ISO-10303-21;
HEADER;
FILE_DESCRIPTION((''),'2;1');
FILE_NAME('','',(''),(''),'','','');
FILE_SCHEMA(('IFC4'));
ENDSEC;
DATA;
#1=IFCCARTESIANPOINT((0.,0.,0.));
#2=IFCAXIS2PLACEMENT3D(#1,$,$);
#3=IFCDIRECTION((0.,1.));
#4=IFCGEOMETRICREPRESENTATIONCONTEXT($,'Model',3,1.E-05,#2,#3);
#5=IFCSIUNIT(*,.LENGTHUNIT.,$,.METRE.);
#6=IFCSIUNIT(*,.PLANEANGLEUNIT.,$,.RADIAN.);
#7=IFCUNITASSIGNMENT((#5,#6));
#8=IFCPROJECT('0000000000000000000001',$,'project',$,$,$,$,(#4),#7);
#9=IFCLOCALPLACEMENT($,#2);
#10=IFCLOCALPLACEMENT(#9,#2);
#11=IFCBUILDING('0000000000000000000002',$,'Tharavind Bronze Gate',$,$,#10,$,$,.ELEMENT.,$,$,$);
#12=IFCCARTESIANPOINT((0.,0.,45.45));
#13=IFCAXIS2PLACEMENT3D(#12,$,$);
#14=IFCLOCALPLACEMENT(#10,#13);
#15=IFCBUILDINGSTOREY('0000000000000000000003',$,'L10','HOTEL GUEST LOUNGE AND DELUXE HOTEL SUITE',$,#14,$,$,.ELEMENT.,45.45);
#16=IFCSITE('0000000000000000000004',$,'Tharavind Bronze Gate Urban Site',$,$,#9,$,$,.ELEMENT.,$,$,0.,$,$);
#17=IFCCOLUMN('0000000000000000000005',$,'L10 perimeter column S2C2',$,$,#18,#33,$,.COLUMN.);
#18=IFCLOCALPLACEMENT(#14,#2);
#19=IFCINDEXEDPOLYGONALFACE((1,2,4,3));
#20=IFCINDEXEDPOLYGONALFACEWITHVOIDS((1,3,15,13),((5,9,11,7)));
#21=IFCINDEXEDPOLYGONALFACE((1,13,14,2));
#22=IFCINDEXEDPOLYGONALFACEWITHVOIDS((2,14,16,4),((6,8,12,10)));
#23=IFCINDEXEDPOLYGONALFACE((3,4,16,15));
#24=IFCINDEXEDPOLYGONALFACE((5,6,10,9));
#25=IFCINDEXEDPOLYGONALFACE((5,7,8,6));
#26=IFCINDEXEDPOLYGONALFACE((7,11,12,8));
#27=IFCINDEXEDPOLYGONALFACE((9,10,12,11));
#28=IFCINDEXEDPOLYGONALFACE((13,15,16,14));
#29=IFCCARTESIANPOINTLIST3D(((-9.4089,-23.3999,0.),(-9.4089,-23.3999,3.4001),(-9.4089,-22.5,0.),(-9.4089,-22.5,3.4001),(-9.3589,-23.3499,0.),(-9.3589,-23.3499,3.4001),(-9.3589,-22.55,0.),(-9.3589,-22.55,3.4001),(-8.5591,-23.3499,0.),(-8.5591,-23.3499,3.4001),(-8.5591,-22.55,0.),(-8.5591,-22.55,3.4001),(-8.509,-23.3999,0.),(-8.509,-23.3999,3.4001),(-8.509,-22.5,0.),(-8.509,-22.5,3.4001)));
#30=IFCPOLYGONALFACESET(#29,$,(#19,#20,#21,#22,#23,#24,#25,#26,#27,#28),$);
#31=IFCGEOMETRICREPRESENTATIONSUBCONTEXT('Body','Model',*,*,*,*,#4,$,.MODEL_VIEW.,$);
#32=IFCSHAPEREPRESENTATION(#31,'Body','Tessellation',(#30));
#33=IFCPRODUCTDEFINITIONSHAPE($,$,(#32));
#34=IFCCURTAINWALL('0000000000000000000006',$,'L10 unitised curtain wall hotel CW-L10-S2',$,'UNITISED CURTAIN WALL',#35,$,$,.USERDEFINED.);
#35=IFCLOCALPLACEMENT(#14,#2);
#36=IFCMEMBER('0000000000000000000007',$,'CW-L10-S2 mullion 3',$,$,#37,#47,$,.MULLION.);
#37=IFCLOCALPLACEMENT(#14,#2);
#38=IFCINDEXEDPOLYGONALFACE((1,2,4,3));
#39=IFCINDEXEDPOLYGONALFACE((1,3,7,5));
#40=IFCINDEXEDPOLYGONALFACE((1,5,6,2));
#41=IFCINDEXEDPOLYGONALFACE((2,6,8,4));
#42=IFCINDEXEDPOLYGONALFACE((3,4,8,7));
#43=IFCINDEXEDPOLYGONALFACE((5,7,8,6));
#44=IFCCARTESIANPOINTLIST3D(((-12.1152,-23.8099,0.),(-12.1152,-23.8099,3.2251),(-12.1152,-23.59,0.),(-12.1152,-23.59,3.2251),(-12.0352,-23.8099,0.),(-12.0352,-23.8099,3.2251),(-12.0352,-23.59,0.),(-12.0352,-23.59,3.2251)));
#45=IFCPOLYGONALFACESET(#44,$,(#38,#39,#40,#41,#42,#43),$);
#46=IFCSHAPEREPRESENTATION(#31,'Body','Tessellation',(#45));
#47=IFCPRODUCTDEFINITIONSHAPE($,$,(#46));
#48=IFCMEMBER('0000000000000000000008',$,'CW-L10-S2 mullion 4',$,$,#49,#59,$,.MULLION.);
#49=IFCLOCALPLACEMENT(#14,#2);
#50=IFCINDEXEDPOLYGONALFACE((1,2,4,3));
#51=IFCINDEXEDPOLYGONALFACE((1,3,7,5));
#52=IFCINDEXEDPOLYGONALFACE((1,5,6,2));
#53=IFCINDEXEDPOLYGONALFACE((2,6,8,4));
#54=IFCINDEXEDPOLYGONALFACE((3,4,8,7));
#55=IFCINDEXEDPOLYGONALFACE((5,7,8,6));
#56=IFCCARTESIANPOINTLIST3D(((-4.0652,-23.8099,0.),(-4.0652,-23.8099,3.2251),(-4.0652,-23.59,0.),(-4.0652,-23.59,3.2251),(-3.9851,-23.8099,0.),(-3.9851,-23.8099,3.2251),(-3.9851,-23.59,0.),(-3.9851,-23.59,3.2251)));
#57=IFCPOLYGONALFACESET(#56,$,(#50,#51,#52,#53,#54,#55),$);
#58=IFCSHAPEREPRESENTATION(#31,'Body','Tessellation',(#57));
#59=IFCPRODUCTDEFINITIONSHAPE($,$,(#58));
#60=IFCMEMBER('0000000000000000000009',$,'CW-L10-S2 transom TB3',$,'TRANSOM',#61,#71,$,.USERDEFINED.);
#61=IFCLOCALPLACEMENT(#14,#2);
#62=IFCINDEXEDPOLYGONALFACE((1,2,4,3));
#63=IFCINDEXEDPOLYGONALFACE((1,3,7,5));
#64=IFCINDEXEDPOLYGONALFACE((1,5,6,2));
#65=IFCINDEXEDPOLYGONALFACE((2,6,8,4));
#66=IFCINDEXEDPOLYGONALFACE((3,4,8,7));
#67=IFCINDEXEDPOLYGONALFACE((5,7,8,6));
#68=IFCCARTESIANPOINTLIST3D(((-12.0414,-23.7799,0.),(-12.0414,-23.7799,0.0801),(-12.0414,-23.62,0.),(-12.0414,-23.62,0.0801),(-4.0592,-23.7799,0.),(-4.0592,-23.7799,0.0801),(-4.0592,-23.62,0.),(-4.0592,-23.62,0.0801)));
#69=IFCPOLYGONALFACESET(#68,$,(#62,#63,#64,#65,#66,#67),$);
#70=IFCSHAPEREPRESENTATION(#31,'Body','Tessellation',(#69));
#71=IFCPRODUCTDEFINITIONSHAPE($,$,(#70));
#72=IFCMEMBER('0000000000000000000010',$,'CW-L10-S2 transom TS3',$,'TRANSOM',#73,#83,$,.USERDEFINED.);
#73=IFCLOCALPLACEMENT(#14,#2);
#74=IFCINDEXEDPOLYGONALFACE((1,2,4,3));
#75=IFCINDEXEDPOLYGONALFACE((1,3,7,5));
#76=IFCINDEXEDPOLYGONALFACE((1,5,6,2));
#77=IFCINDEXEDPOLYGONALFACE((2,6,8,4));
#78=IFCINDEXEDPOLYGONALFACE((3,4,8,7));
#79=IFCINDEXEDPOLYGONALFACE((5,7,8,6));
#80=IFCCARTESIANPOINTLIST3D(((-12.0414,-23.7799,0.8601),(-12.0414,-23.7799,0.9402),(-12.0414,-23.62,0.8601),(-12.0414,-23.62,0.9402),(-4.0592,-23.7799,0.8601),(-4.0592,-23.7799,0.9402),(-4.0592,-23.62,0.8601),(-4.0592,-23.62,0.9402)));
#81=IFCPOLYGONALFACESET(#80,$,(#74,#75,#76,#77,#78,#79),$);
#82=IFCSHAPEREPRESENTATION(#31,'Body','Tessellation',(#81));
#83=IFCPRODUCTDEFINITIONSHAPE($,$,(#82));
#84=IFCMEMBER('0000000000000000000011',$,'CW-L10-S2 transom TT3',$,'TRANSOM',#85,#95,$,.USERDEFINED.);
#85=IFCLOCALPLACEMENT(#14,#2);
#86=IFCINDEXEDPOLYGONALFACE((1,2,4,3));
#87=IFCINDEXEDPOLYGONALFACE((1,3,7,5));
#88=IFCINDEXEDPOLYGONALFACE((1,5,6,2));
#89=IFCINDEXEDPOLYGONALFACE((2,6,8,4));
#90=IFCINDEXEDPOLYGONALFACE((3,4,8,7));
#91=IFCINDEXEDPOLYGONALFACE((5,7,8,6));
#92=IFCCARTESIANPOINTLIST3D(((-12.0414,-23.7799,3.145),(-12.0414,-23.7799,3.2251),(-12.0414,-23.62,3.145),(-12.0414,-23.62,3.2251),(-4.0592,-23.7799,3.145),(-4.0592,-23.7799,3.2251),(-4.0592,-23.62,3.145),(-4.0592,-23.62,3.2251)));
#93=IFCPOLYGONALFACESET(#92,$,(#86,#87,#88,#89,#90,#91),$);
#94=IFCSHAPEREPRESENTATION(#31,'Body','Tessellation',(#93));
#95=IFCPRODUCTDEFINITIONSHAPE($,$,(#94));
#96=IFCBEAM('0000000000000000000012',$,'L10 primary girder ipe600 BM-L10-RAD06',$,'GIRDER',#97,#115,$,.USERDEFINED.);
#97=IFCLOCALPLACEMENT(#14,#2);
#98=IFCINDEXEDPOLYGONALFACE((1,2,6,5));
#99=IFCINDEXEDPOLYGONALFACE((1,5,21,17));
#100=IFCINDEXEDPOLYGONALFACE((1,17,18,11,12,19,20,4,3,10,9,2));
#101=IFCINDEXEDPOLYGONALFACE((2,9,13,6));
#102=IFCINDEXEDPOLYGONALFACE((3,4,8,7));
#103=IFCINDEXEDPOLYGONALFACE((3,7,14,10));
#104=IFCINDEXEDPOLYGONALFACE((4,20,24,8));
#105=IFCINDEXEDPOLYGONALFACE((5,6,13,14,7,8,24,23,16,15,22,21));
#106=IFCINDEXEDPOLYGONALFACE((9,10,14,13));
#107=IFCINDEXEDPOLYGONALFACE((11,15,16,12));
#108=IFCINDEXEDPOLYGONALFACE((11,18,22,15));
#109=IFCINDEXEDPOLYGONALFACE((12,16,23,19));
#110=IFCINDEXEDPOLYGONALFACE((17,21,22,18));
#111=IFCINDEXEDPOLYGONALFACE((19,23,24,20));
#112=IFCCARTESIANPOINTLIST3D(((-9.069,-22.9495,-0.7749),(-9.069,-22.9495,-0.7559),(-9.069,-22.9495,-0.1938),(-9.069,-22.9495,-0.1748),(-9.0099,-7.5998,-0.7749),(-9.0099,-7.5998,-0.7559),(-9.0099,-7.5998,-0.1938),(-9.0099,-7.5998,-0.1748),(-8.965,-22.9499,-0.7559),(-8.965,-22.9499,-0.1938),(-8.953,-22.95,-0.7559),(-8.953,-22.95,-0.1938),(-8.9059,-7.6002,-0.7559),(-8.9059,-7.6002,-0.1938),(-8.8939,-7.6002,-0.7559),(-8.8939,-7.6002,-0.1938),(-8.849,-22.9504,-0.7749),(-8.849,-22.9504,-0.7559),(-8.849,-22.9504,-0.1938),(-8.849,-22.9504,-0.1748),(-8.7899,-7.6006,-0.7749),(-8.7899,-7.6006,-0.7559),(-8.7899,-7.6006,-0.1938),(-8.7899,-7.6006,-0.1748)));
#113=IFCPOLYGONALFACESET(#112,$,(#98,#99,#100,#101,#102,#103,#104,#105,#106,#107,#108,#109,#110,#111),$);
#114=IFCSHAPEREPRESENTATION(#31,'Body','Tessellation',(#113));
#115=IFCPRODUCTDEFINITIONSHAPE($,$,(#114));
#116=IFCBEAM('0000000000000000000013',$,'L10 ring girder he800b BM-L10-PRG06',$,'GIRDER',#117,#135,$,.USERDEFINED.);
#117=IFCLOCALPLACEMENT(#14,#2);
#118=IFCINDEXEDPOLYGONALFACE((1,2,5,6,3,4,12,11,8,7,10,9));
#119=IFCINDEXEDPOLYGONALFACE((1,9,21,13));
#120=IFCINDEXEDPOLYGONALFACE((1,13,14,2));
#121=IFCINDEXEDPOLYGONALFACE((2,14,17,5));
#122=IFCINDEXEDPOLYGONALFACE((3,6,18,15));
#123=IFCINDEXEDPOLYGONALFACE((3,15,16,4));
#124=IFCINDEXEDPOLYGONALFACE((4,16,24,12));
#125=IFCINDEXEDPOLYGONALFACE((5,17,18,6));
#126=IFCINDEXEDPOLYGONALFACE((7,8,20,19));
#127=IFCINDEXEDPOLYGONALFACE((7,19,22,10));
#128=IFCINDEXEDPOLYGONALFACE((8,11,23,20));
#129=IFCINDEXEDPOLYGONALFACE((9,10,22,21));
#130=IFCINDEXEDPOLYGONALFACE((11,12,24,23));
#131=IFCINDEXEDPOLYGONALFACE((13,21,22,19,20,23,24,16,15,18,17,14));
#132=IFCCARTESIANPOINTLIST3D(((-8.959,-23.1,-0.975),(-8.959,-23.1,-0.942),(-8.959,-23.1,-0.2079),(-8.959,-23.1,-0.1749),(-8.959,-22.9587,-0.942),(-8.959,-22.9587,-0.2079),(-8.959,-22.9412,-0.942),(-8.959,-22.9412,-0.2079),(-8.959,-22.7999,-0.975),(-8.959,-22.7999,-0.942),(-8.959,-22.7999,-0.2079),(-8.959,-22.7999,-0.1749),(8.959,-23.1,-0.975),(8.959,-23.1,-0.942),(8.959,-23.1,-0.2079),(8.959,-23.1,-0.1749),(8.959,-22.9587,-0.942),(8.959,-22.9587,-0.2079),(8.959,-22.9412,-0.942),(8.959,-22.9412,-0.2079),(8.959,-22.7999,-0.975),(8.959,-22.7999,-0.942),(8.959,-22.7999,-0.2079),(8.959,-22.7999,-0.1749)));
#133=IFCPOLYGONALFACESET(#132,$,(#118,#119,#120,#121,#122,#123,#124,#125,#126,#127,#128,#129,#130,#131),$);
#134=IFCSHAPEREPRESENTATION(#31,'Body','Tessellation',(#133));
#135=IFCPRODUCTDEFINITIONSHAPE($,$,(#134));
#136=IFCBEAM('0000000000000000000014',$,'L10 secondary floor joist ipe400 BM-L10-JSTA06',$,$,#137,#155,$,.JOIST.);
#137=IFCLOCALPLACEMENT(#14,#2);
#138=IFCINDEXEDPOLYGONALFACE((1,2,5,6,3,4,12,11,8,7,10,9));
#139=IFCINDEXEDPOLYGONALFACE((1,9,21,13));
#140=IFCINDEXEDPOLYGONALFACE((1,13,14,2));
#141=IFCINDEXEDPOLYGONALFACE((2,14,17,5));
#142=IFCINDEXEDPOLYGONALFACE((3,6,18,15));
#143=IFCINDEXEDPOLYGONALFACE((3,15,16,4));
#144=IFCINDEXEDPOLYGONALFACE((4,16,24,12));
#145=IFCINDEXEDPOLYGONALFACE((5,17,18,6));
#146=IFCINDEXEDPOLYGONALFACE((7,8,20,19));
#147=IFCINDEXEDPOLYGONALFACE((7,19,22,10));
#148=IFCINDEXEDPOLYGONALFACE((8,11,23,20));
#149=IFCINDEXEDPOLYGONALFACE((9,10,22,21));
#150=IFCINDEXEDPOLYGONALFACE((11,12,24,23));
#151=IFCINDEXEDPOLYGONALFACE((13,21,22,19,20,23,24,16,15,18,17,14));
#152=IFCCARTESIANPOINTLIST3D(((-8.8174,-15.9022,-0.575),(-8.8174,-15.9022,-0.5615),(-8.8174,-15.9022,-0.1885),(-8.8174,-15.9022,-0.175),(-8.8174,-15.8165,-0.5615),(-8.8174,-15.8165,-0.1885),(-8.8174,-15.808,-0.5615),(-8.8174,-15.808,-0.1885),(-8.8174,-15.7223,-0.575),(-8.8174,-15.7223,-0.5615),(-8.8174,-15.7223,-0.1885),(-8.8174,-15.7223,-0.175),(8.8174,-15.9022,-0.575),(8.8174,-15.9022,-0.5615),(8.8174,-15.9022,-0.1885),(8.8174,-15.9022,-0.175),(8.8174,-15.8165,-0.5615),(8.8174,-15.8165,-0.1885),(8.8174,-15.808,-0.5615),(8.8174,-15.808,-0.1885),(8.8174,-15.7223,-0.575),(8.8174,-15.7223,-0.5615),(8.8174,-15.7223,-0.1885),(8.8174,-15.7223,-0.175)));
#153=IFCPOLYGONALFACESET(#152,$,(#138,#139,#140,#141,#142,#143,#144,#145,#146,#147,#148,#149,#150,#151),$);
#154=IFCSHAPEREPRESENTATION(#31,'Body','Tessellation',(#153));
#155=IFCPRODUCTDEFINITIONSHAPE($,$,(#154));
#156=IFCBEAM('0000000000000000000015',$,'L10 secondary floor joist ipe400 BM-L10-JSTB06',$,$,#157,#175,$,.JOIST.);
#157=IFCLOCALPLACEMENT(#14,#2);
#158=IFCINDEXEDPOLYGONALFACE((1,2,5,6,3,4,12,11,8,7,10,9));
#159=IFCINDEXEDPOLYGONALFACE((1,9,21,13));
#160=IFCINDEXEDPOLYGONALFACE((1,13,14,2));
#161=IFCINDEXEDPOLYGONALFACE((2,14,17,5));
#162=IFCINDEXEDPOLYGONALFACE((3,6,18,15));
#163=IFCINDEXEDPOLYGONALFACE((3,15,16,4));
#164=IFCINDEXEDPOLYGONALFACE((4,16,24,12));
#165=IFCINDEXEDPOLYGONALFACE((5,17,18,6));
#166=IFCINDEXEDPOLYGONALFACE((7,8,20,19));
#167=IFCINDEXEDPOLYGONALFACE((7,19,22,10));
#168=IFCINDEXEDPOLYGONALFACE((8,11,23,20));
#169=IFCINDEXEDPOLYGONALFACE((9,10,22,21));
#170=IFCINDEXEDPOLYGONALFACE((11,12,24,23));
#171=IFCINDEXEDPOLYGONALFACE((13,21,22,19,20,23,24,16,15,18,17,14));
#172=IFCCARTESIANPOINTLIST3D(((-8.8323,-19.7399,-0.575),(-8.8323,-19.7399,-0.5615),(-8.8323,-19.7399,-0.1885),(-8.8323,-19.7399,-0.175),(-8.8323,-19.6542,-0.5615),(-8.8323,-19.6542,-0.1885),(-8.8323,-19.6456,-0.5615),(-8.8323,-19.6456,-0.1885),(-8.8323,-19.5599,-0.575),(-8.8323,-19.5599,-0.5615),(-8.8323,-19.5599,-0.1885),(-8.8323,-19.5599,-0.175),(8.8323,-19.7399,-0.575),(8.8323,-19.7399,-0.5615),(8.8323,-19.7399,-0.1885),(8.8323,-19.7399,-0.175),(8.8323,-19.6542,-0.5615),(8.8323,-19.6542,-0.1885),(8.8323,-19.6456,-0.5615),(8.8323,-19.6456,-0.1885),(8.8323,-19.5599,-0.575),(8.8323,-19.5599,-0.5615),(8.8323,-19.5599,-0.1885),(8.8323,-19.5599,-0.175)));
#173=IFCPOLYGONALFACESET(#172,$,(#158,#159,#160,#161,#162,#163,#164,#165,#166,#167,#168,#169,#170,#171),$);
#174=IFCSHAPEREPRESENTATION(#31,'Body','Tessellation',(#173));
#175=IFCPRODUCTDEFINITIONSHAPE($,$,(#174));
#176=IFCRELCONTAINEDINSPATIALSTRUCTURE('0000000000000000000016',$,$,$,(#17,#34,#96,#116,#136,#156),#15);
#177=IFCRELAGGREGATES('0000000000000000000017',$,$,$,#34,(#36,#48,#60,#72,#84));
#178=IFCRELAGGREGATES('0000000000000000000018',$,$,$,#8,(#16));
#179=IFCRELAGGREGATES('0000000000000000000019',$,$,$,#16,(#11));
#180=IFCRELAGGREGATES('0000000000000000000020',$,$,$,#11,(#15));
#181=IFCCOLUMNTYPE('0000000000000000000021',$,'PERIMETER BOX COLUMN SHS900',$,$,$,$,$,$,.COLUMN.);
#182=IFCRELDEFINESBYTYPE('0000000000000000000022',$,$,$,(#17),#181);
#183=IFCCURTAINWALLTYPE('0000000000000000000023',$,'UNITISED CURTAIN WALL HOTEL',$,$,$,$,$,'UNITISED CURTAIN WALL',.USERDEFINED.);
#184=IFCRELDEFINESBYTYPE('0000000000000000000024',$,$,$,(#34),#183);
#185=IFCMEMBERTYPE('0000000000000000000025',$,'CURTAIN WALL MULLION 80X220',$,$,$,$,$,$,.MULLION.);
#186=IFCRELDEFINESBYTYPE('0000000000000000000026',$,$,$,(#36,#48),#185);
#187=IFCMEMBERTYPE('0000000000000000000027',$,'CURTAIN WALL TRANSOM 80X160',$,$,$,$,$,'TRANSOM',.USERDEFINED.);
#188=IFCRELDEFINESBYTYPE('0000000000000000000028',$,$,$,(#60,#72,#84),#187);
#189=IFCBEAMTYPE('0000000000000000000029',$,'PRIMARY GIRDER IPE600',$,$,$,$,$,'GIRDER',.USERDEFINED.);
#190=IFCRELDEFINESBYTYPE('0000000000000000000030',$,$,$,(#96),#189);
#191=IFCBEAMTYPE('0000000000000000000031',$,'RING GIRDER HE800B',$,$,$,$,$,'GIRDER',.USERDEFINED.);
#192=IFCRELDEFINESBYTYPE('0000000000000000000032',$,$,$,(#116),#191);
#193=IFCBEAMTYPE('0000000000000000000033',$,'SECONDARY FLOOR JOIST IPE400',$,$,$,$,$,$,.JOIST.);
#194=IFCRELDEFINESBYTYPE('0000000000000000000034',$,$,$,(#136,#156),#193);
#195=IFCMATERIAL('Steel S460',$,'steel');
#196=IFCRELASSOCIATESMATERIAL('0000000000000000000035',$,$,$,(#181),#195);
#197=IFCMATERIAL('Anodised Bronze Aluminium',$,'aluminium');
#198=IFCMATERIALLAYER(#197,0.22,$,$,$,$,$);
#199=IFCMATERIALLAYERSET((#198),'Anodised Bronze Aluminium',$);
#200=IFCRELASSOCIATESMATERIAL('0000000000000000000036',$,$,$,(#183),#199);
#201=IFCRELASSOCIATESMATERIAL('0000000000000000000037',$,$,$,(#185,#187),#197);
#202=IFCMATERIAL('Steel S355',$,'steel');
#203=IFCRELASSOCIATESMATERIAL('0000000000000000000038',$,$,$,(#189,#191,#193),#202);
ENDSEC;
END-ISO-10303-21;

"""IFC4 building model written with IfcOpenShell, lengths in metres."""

from ifc_helpers import new_model, si_unit, direction, frame, origin, origin_2d, place, context, subcontext, project, spatial, rectangle, hollow_rectangle, i_section, extrude, material, layer, layer_set, material_profile, profile_set, type_object, element, aggregate, save


model = new_model("IFC4")

# Units and contexts
model_context = context("Model", 3, precision=1e-05, world=origin(), true_north=direction((0.0, 1.0)))
body_context = subcontext(model_context, "Body", "Model", "MODEL_VIEW")
ifc_project = project(units=[si_unit("LENGTHUNIT", "METRE"), si_unit("PLANEANGLEUNIT", "RADIAN")], contexts=[model_context])

# Site, building, storey
site_placement = place(None, origin())
site = spatial("IfcSite", under=ifc_project, at=site_placement, Name="Tharavind Bronze Gate Urban Site", CompositionType="ELEMENT", RefElevation=0.0)
building_placement = place(site_placement, origin())
building = spatial("IfcBuilding", under=site, at=building_placement, Name="Tharavind Bronze Gate", CompositionType="ELEMENT")
storey_placement = place(building_placement, frame((0.0, 0.0, 45.45)))
storey = spatial("IfcBuildingStorey", under=building, at=storey_placement, Name="L10", Description="HOTEL GUEST LOUNGE AND DELUXE HOTEL SUITE", CompositionType="ELEMENT", Elevation=45.45)

# Column
ifc_material_1 = material(Name="Steel S460", Category="steel")
ifc_material_profile_1 = material_profile(ifc_material_1, hollow_rectangle(XDim=0.8999, YDim=0.8999, WallThickness=0.05, at=origin_2d()), Name="SHS900X50")
ifc_profile_set_1 = profile_set([ifc_material_profile_1], Name="Steel S460")
column_type = type_object("IfcColumnType", Name="PERIMETER BOX COLUMN SHS900", PredefinedType="COLUMN", material=ifc_profile_set_1)
column_placement = place(storey_placement, frame((-8.959, -22.95, 0.0), z_axis=(0.0, 0.0, 1.0), x_axis=(1.0, 0.0, 0.0)))
element("IfcColumn", 1, at=column_placement, inside=storey, type_object=column_type, Name="L10 perimeter column S2C2", PredefinedType="COLUMN", context=body_context, shape_type="SweptSolid", body=[
    extrude(hollow_rectangle(XDim=0.8999, YDim=0.8999, WallThickness=0.05, at=origin_2d()), origin(), (0.0, 0.0, 1.0), 3.4001),
])

# Curtain wall, members
ifc_material_2 = material(Name="Anodised Bronze Aluminium", Category="aluminium")
ifc_layer_1 = layer(ifc_material_2, 0.22)
ifc_layer_set_1 = layer_set([ifc_layer_1], Name="Anodised Bronze Aluminium")
curtain_wall_type = type_object("IfcCurtainWallType", Name="UNITISED CURTAIN WALL HOTEL", ElementType="UNITISED CURTAIN WALL", PredefinedType="USERDEFINED", material=ifc_layer_set_1)
curtain_wall_placement = place(storey_placement, origin())
curtain_wall = element("IfcCurtainWall", 2, at=curtain_wall_placement, inside=storey, type_object=curtain_wall_type, Name="L10 unitised curtain wall hotel CW-L10-S2", ObjectType="UNITISED CURTAIN WALL", PredefinedType="USERDEFINED")
member_type_1 = type_object("IfcMemberType", Name="CURTAIN WALL MULLION 80X220", PredefinedType="MULLION", material=ifc_material_2)
member_1_placement = place(storey_placement, frame((-12.0752, -23.7, 0.0), z_axis=(0.0, 0.0, 1.0), x_axis=(1.0, 0.0, 0.0)))
member_1 = element("IfcMember", 3, at=member_1_placement, type_object=member_type_1, Name="CW-L10-S2 mullion 3", PredefinedType="MULLION", context=body_context, shape_type="SweptSolid", body=[
    extrude(rectangle(XDim=0.0801, YDim=0.22, at=origin_2d()), origin(), (0.0, 0.0, 1.0), 3.2251),
])
member_2_placement = place(storey_placement, frame((-4.0251, -23.7, 0.0), z_axis=(0.0, 0.0, 1.0), x_axis=(1.0, 0.0, 0.0)))
member_2 = element("IfcMember", 4, at=member_2_placement, type_object=member_type_1, Name="CW-L10-S2 mullion 4", PredefinedType="MULLION", context=body_context, shape_type="SweptSolid", body=[
    extrude(rectangle(XDim=0.0801, YDim=0.22, at=origin_2d()), origin(), (0.0, 0.0, 1.0), 3.2251),
])
member_type_2 = type_object("IfcMemberType", Name="CURTAIN WALL TRANSOM 80X160", ElementType="TRANSOM", PredefinedType="USERDEFINED", material=ifc_material_2)
member_3_placement = place(storey_placement, frame((-8.0503, -23.7, 0.0), z_axis=(0.0, 0.0, 1.0), x_axis=(1.0, 0.0, 0.0)))
member_3 = element("IfcMember", 5, at=member_3_placement, type_object=member_type_2, Name="CW-L10-S2 transom TB3", ObjectType="TRANSOM", PredefinedType="USERDEFINED", context=body_context, shape_type="SweptSolid", body=[
    extrude(rectangle(XDim=7.9822, YDim=0.1599, at=origin_2d()), origin(), (0.0, 0.0, 1.0), 0.0801),
])
member_4_placement = place(storey_placement, frame((-8.0503, -23.7, 0.8601), z_axis=(0.0, 0.0, 1.0), x_axis=(1.0, 0.0, 0.0)))
member_4 = element("IfcMember", 6, at=member_4_placement, type_object=member_type_2, Name="CW-L10-S2 transom TS3", ObjectType="TRANSOM", PredefinedType="USERDEFINED", context=body_context, shape_type="SweptSolid", body=[
    extrude(rectangle(XDim=7.9822, YDim=0.1599, at=origin_2d()), origin(), (0.0, 0.0, 1.0), 0.0801),
])
member_5_placement = place(storey_placement, frame((-8.0503, -23.7, 3.145), z_axis=(0.0, 0.0, 1.0), x_axis=(1.0, 0.0, 0.0)))
member_5 = element("IfcMember", 7, at=member_5_placement, type_object=member_type_2, Name="CW-L10-S2 transom TT3", ObjectType="TRANSOM", PredefinedType="USERDEFINED", context=body_context, shape_type="SweptSolid", body=[
    extrude(rectangle(XDim=7.9822, YDim=0.1599, at=origin_2d()), origin(), (0.0, 0.0, 1.0), 0.0801),
])

# Beams
ifc_material_3 = material(Name="Steel S355", Category="steel")
ifc_material_profile_2 = material_profile(ifc_material_3, i_section(OverallWidth=0.22, OverallDepth=0.6001, WebThickness=0.012, FlangeThickness=0.019, at=origin_2d()), Name="IPE600")
ifc_profile_set_2 = profile_set([ifc_material_profile_2], Name="Steel S355")
beam_type_1 = type_object("IfcBeamType", Name="PRIMARY GIRDER IPE600", ElementType="GIRDER", PredefinedType="USERDEFINED", material=ifc_profile_set_2)
beam_1_placement = place(storey_placement, frame((-8.959, -22.95, -0.4749), z_axis=(0.003849, 0.999993, 0.0), x_axis=(-0.999993, 0.003849, 0.0)))
element("IfcBeam", 8, at=beam_1_placement, inside=storey, type_object=beam_type_1, Name="L10 primary girder ipe600 BM-L10-RAD06", ObjectType="GIRDER", PredefinedType="USERDEFINED", context=body_context, shape_type="SweptSolid", body=[
    extrude(i_section(OverallWidth=0.22, OverallDepth=0.6001, WebThickness=0.012, FlangeThickness=0.019, at=origin_2d()), origin(), (0.0, 0.0, 1.0), 15.3499),
])
ifc_material_profile_3 = material_profile(ifc_material_3, i_section(OverallWidth=0.3, OverallDepth=0.8, WebThickness=0.0176, FlangeThickness=0.033, at=origin_2d()), Name="HE800B")
ifc_profile_set_3 = profile_set([ifc_material_profile_3], Name="Steel S355")
beam_type_2 = type_object("IfcBeamType", Name="RING GIRDER HE800B", ElementType="GIRDER", PredefinedType="USERDEFINED", material=ifc_profile_set_3)
beam_2_placement = place(storey_placement, frame((-8.959, -22.95, -0.575), z_axis=(1.0, 0.0, 0.0), x_axis=(0.0, 1.0, 0.0)))
element("IfcBeam", 9, at=beam_2_placement, inside=storey, type_object=beam_type_2, Name="L10 ring girder he800b BM-L10-PRG06", ObjectType="GIRDER", PredefinedType="USERDEFINED", context=body_context, shape_type="SweptSolid", body=[
    extrude(i_section(OverallWidth=0.3, OverallDepth=0.8, WebThickness=0.0176, FlangeThickness=0.033, at=origin_2d()), origin(), (0.0, 0.0, 1.0), 17.918),
])
ifc_material_profile_4 = material_profile(ifc_material_3, i_section(OverallWidth=0.1799, OverallDepth=0.3999, WebThickness=0.0085, FlangeThickness=0.0134, at=origin_2d()), Name="IPE400")
ifc_profile_set_4 = profile_set([ifc_material_profile_4], Name="Steel S355")
beam_type_3 = type_object("IfcBeamType", Name="SECONDARY FLOOR JOIST IPE400", PredefinedType="JOIST", material=ifc_profile_set_4)
beam_3_placement = place(storey_placement, frame((-8.8174, -15.8123, -0.375), z_axis=(1.0, 0.0, 0.0), x_axis=(0.0, 1.0, 0.0)))
element("IfcBeam", 10, at=beam_3_placement, inside=storey, type_object=beam_type_3, Name="L10 secondary floor joist ipe400 BM-L10-JSTA06", PredefinedType="JOIST", context=body_context, shape_type="SweptSolid", body=[
    extrude(i_section(OverallWidth=0.1799, OverallDepth=0.3999, WebThickness=0.0085, FlangeThickness=0.0134, at=origin_2d()), origin(), (0.0, 0.0, 1.0), 17.6348),
])
beam_4_placement = place(storey_placement, frame((-8.8323, -19.6499, -0.375), z_axis=(1.0, 0.0, 0.0), x_axis=(0.0, 1.0, 0.0)))
element("IfcBeam", 11, at=beam_4_placement, inside=storey, type_object=beam_type_3, Name="L10 secondary floor joist ipe400 BM-L10-JSTB06", PredefinedType="JOIST", context=body_context, shape_type="SweptSolid", body=[
    extrude(i_section(OverallWidth=0.1799, OverallDepth=0.3999, WebThickness=0.0085, FlangeThickness=0.0134, at=origin_2d()), origin(), (0.0, 0.0, 1.0), 17.6646),
])

aggregate(curtain_wall, [member_1, member_2, member_3, member_4, member_5])

save(model, "model.ifc")
